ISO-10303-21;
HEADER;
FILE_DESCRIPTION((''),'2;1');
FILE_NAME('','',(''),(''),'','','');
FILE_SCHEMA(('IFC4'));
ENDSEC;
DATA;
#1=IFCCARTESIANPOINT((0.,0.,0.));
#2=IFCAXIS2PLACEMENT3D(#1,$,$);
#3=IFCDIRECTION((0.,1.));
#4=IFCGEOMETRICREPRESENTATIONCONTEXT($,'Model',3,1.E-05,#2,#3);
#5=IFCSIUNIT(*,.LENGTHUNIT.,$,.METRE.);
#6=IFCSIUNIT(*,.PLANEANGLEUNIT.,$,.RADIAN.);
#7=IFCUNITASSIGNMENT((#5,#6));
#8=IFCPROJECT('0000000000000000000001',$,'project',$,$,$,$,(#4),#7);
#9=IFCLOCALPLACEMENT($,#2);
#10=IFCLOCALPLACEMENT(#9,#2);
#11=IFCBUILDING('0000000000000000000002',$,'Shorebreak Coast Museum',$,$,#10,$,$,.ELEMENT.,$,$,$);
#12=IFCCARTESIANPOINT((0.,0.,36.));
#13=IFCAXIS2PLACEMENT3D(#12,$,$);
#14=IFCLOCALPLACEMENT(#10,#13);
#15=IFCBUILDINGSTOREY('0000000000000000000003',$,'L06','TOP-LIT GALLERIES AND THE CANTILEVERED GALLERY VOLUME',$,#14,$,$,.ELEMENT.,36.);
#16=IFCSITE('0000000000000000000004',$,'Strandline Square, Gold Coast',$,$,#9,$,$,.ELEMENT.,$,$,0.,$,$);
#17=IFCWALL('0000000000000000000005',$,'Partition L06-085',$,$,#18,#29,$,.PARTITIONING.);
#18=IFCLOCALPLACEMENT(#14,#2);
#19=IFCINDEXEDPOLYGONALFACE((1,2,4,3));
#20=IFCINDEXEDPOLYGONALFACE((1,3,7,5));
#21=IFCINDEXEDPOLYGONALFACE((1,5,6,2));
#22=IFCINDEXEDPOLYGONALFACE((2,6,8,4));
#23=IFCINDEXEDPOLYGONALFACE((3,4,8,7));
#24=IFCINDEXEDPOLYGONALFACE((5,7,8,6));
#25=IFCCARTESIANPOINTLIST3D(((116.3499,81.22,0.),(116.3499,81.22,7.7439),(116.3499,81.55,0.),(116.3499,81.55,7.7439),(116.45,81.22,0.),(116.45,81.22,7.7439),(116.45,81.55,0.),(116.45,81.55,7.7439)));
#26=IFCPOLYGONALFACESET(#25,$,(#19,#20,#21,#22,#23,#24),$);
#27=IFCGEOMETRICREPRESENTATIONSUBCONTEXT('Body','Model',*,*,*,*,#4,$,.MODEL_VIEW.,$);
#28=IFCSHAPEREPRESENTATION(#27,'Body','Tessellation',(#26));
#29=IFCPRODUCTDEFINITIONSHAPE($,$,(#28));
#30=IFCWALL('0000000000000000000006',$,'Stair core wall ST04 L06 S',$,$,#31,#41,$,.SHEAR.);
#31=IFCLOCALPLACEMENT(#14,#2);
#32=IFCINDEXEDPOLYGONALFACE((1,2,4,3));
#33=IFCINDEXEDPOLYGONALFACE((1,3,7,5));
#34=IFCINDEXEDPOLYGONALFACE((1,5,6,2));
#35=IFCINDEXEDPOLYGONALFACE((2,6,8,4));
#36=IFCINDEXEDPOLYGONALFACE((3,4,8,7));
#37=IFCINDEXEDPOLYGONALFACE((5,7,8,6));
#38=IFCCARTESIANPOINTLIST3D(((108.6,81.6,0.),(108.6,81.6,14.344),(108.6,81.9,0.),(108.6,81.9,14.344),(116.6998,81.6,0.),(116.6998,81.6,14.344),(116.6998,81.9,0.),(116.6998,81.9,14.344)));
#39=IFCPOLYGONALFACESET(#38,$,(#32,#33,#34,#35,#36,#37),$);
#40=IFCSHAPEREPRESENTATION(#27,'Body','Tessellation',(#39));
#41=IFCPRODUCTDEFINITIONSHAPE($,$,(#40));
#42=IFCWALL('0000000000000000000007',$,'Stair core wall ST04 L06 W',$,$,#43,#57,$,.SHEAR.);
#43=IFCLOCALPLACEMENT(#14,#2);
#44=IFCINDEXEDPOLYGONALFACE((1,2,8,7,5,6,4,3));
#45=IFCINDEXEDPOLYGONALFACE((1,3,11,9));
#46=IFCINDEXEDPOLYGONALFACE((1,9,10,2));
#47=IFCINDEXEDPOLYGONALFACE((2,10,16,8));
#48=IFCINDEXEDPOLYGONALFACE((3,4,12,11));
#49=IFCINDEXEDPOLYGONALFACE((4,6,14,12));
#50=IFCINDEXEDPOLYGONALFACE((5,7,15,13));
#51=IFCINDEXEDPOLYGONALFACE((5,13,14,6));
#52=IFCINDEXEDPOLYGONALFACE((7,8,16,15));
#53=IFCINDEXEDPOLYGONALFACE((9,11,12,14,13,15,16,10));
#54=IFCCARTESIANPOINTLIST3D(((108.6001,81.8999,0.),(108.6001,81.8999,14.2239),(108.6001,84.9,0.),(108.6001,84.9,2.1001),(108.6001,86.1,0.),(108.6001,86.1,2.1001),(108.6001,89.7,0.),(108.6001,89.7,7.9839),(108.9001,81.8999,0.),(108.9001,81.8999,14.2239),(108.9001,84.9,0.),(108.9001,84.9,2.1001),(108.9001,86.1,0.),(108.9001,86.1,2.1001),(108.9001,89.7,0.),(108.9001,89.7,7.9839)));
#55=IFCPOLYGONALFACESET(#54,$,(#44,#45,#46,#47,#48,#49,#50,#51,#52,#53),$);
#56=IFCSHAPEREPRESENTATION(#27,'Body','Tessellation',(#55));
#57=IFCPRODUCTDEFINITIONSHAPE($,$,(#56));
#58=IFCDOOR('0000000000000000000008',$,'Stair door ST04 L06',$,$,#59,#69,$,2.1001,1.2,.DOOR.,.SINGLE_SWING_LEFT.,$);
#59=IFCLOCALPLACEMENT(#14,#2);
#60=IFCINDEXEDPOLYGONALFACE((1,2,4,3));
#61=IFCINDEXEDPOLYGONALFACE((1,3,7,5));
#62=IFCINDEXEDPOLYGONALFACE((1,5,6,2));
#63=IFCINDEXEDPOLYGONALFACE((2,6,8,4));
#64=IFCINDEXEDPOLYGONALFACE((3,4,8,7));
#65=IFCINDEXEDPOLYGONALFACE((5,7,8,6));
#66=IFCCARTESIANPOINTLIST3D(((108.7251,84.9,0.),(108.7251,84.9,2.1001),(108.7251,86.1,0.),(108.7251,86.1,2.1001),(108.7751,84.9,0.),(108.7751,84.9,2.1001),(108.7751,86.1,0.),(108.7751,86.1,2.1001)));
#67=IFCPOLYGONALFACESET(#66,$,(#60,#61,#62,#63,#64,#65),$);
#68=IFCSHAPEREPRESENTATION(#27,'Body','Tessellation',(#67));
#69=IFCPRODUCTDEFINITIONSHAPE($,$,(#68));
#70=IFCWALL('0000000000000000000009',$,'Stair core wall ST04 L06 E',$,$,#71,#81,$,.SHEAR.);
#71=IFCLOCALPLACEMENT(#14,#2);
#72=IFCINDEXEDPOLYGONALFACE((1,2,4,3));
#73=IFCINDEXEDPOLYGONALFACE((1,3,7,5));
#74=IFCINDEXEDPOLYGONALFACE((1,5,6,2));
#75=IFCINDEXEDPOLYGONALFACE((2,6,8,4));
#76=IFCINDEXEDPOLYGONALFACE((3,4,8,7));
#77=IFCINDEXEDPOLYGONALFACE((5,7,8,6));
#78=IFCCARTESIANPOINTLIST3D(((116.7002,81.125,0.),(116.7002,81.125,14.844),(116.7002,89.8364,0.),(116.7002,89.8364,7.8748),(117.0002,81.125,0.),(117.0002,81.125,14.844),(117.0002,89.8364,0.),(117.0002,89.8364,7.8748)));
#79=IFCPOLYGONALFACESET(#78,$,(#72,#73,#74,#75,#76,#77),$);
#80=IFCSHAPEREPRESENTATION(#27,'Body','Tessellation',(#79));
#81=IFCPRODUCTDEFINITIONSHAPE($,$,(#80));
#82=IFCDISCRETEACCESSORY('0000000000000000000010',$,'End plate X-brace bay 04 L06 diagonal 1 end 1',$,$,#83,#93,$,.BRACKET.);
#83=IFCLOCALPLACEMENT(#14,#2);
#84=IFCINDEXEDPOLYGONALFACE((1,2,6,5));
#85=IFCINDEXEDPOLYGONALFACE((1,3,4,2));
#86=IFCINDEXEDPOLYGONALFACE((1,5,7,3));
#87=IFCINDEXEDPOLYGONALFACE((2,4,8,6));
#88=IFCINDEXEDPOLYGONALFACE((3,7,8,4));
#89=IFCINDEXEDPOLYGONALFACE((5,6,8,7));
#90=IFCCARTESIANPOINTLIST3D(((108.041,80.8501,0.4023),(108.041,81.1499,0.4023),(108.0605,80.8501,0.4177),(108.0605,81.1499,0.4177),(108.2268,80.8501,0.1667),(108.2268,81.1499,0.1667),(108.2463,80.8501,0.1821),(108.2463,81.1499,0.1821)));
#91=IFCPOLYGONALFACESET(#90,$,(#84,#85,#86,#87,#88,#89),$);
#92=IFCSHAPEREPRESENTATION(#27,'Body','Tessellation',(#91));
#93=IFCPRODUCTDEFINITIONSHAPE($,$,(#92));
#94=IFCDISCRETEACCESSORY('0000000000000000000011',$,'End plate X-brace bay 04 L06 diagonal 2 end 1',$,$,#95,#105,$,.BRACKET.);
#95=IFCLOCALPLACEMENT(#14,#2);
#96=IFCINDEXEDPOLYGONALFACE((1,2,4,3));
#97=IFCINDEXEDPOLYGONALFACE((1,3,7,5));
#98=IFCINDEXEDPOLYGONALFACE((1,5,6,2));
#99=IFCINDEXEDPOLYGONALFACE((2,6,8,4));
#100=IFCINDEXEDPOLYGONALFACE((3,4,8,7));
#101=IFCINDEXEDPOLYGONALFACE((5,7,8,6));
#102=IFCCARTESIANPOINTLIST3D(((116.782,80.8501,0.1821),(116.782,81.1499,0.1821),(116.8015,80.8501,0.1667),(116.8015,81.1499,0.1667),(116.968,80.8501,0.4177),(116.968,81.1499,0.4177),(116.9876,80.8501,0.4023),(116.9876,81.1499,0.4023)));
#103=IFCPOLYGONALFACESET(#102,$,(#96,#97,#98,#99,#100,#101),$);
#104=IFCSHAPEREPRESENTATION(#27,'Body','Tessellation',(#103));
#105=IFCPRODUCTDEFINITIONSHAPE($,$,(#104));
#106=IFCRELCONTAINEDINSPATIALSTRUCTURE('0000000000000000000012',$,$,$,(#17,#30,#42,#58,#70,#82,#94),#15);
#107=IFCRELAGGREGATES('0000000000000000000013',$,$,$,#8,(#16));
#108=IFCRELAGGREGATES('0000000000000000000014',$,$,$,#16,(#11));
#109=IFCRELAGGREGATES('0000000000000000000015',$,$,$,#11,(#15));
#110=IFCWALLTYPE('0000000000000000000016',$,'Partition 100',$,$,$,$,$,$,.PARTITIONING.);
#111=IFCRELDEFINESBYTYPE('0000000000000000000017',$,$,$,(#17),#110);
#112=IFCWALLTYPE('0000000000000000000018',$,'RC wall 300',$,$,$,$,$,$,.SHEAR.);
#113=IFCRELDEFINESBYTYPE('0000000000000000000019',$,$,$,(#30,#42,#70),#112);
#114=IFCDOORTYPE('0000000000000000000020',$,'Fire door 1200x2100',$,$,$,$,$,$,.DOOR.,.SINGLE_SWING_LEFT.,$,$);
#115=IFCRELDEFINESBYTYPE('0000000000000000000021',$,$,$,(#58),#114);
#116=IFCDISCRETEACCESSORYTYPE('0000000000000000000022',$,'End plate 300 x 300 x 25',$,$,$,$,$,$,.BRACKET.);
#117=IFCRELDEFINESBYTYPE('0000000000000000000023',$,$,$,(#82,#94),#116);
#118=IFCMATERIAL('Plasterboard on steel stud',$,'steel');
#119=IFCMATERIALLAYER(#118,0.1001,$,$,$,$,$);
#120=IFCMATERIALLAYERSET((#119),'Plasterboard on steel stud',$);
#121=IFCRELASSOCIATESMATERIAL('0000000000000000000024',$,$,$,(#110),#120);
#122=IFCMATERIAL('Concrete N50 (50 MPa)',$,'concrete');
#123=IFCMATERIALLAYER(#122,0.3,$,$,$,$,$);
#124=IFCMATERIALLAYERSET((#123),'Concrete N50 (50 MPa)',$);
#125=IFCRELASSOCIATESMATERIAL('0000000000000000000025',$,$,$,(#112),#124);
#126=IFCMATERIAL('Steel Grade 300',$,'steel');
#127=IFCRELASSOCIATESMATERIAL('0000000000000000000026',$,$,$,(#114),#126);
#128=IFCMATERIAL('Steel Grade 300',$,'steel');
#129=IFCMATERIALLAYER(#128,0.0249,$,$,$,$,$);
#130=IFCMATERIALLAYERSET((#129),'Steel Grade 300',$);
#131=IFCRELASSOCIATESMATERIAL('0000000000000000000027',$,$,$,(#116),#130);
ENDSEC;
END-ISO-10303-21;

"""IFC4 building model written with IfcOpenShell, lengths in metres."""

from ifc_helpers import new_model, si_unit, direction, frame, frame_2d, origin, place, context, subcontext, project, spatial, polyline, rectangle, outline, extrude, material, layer, layer_set, type_object, element, fill, save


model = new_model("IFC4")

# Units and contexts
model_context = context("Model", 3, precision=1e-05, world=origin(), true_north=direction((0.0, 1.0)))
body_context = subcontext(model_context, "Body", "Model", "MODEL_VIEW")
ifc_project = project(units=[si_unit("LENGTHUNIT", "METRE"), si_unit("PLANEANGLEUNIT", "RADIAN")], contexts=[model_context])

# Site, building, storey
site_placement = place(None, origin())
site = spatial("IfcSite", under=ifc_project, at=site_placement, Name="Strandline Square, Gold Coast", CompositionType="ELEMENT", RefElevation=0.0)
building_placement = place(site_placement, origin())
building = spatial("IfcBuilding", under=site, at=building_placement, Name="Shorebreak Coast Museum", CompositionType="ELEMENT")
storey_placement = place(building_placement, frame((0.0, 0.0, 36.0)))
storey = spatial("IfcBuildingStorey", under=building, at=storey_placement, Name="L06", Description="TOP-LIT GALLERIES AND THE CANTILEVERED GALLERY VOLUME", CompositionType="ELEMENT", Elevation=36.0)

# Walls
ifc_material_1 = material(Name="Plasterboard on steel stud", Category="steel")
ifc_layer_1 = layer(ifc_material_1, 0.1001)
ifc_layer_set_1 = layer_set([ifc_layer_1], Name="Plasterboard on steel stud")
wall_type_1 = type_object("IfcWallType", Name="Partition 100", PredefinedType="PARTITIONING", material=ifc_layer_set_1)
wall_1_placement = place(storey_placement, frame((116.3999, 81.22, 0.0), z_axis=(0.0, 0.0, 1.0), x_axis=(0.0, 1.0, 0.0)))
element("IfcWall", 1, at=wall_1_placement, inside=storey, type_object=wall_type_1, Name="Partition L06-085", PredefinedType="PARTITIONING", context=body_context, shape_type="SweptSolid", body=[
    extrude(rectangle(XDim=0.3301, YDim=0.1001, at=frame_2d((0.165, 0.0))), origin(), (0.0, 0.0, 1.0), 7.7439),
])
ifc_material_2 = material(Name="Concrete N50 (50 MPa)", Category="concrete")
ifc_layer_2 = layer(ifc_material_2, 0.3)
ifc_layer_set_2 = layer_set([ifc_layer_2], Name="Concrete N50 (50 MPa)")
wall_type_2 = type_object("IfcWallType", Name="RC wall 300", PredefinedType="SHEAR", material=ifc_layer_set_2)
wall_2_placement = place(storey_placement, frame((108.6001, 81.75, 0.0), z_axis=(0.0, 0.0, 1.0), x_axis=(1.0, 0.0, 0.0)))
element("IfcWall", 2, at=wall_2_placement, inside=storey, type_object=wall_type_2, Name="Stair core wall ST04 L06 S", PredefinedType="SHEAR", context=body_context, shape_type="SweptSolid", body=[
    extrude(rectangle(XDim=8.0999, YDim=0.3, at=frame_2d((4.0498, 0.0))), origin(), (0.0, 0.0, 1.0), 14.344),
])

# Wall, opening, door
wall_3_placement = place(storey_placement, frame((108.75, 81.8999, 0.0), z_axis=(0.0, 0.0, 1.0), x_axis=(0.0, 1.0, 0.0)))
wall_3 = element("IfcWall", 3, at=wall_3_placement, inside=storey, type_object=wall_type_2, Name="Stair core wall ST04 L06 W", PredefinedType="SHEAR", context=body_context, shape_type="SweptSolid", body=[
    extrude(outline(polyline([(0.0, 0.0), (7.8, 0.0), (7.8, 7.9839), (0.0, 14.2239), (0.0, 0.0)])), frame((0.0, 0.1499, 0.0), z_axis=(0.0, -1.0, 0.0), x_axis=(1.0, 0.0, 0.0)), (0.0, 0.0, 1.0), 0.3),
])
opening_1_placement = place(wall_3_placement, frame((3.0, 0.0, 0.0)))
opening_1 = element("IfcOpeningElement", 4, at=opening_1_placement, cuts=wall_3, PredefinedType="OPENING", context=body_context, shape_type="SweptSolid", body=[
    extrude(rectangle(XDim=1.2, YDim=2.1001, at=frame_2d((0.6001, 1.05))), frame((0.0, 0.1599, 0.0), z_axis=(0.0, -1.0, 0.0), x_axis=(1.0, 0.0, 0.0)), (0.0, 0.0, 1.0), 0.3201),
])
ifc_material_3 = material(Name="Steel Grade 300", Category="steel")
door_type_1 = type_object("IfcDoorType", Name="Fire door 1200x2100", OperationType="SINGLE_SWING_LEFT", PredefinedType="DOOR", material=ifc_material_3)
door_1_placement = place(opening_1_placement, origin())
door_1 = element("IfcDoor", 5, at=door_1_placement, inside=storey, type_object=door_type_1, Name="Stair door ST04 L06", OperationType="SINGLE_SWING_LEFT", OverallHeight=2.1001, OverallWidth=1.2, PredefinedType="DOOR", context=body_context, shape_type="SweptSolid", body=[
    extrude(rectangle(XDim=1.2, YDim=2.1001, at=frame_2d((0.6001, 1.05))), frame((0.0, 0.0249, 0.0), z_axis=(0.0, -1.0, 0.0), x_axis=(1.0, 0.0, 0.0)), (0.0, 0.0, 1.0), 0.05),
])
fill(opening_1, door_1)

# Wall
wall_4_placement = place(storey_placement, frame((116.8501, 81.125, 0.0), z_axis=(0.0, 0.0, 1.0), x_axis=(0.0, 1.0, 0.0)))
element("IfcWall", 6, at=wall_4_placement, inside=storey, type_object=wall_type_2, Name="Stair core wall ST04 L06 E", PredefinedType="SHEAR", context=body_context, shape_type="SweptSolid", body=[
    extrude(outline(polyline([(0.0, 0.0), (8.7114, 0.0), (8.7114, 7.8748), (0.0, 14.844), (0.0, 0.0)])), frame((0.0, 0.1499, 0.0), z_axis=(0.0, -1.0, 0.0), x_axis=(1.0, 0.0, 0.0)), (0.0, 0.0, 1.0), 0.3),
])

# Discrete accessories
ifc_material_4 = material(Name="Steel Grade 300", Category="steel")
ifc_layer_3 = layer(ifc_material_4, 0.0249)
ifc_layer_set_3 = layer_set([ifc_layer_3], Name="Steel Grade 300")
discrete_accessory_type = type_object("IfcDiscreteAccessoryType", Name="End plate 300 x 300 x 25", PredefinedType="BRACKET", material=ifc_layer_set_3)
discrete_accessory_1_placement = place(storey_placement, frame((108.2463, 80.8501, 0.1821), z_axis=(0.785216, 0.0, 0.619222), x_axis=(0.0, 1.0, 0.0)))
element("IfcDiscreteAccessory", 7, at=discrete_accessory_1_placement, inside=storey, type_object=discrete_accessory_type, Name="End plate X-brace bay 04 L06 diagonal 1 end 1", PredefinedType="BRACKET", context=body_context, shape_type="SweptSolid", body=[
    extrude(outline(polyline([(0.0, 0.0), (0.2998, 0.0), (0.2998, 0.3), (0.0, 0.3), (0.0, 0.0)])), origin(), (0.0, 0.0, -1.0), 0.0249),
])
discrete_accessory_2_placement = place(storey_placement, frame((116.782, 81.1499, 0.1821), z_axis=(-0.78482, 0.0, 0.619723), x_axis=(0.0, -1.0, 0.0)))
element("IfcDiscreteAccessory", 8, at=discrete_accessory_2_placement, inside=storey, type_object=discrete_accessory_type, Name="End plate X-brace bay 04 L06 diagonal 2 end 1", PredefinedType="BRACKET", context=body_context, shape_type="SweptSolid", body=[
    extrude(outline(polyline([(0.0, 0.0), (0.2998, 0.0), (0.2998, 0.3002), (0.0, 0.3002), (0.0, 0.0)])), origin(), (0.0, 0.0, -1.0), 0.0249),
])

save(model, "model.ifc")
